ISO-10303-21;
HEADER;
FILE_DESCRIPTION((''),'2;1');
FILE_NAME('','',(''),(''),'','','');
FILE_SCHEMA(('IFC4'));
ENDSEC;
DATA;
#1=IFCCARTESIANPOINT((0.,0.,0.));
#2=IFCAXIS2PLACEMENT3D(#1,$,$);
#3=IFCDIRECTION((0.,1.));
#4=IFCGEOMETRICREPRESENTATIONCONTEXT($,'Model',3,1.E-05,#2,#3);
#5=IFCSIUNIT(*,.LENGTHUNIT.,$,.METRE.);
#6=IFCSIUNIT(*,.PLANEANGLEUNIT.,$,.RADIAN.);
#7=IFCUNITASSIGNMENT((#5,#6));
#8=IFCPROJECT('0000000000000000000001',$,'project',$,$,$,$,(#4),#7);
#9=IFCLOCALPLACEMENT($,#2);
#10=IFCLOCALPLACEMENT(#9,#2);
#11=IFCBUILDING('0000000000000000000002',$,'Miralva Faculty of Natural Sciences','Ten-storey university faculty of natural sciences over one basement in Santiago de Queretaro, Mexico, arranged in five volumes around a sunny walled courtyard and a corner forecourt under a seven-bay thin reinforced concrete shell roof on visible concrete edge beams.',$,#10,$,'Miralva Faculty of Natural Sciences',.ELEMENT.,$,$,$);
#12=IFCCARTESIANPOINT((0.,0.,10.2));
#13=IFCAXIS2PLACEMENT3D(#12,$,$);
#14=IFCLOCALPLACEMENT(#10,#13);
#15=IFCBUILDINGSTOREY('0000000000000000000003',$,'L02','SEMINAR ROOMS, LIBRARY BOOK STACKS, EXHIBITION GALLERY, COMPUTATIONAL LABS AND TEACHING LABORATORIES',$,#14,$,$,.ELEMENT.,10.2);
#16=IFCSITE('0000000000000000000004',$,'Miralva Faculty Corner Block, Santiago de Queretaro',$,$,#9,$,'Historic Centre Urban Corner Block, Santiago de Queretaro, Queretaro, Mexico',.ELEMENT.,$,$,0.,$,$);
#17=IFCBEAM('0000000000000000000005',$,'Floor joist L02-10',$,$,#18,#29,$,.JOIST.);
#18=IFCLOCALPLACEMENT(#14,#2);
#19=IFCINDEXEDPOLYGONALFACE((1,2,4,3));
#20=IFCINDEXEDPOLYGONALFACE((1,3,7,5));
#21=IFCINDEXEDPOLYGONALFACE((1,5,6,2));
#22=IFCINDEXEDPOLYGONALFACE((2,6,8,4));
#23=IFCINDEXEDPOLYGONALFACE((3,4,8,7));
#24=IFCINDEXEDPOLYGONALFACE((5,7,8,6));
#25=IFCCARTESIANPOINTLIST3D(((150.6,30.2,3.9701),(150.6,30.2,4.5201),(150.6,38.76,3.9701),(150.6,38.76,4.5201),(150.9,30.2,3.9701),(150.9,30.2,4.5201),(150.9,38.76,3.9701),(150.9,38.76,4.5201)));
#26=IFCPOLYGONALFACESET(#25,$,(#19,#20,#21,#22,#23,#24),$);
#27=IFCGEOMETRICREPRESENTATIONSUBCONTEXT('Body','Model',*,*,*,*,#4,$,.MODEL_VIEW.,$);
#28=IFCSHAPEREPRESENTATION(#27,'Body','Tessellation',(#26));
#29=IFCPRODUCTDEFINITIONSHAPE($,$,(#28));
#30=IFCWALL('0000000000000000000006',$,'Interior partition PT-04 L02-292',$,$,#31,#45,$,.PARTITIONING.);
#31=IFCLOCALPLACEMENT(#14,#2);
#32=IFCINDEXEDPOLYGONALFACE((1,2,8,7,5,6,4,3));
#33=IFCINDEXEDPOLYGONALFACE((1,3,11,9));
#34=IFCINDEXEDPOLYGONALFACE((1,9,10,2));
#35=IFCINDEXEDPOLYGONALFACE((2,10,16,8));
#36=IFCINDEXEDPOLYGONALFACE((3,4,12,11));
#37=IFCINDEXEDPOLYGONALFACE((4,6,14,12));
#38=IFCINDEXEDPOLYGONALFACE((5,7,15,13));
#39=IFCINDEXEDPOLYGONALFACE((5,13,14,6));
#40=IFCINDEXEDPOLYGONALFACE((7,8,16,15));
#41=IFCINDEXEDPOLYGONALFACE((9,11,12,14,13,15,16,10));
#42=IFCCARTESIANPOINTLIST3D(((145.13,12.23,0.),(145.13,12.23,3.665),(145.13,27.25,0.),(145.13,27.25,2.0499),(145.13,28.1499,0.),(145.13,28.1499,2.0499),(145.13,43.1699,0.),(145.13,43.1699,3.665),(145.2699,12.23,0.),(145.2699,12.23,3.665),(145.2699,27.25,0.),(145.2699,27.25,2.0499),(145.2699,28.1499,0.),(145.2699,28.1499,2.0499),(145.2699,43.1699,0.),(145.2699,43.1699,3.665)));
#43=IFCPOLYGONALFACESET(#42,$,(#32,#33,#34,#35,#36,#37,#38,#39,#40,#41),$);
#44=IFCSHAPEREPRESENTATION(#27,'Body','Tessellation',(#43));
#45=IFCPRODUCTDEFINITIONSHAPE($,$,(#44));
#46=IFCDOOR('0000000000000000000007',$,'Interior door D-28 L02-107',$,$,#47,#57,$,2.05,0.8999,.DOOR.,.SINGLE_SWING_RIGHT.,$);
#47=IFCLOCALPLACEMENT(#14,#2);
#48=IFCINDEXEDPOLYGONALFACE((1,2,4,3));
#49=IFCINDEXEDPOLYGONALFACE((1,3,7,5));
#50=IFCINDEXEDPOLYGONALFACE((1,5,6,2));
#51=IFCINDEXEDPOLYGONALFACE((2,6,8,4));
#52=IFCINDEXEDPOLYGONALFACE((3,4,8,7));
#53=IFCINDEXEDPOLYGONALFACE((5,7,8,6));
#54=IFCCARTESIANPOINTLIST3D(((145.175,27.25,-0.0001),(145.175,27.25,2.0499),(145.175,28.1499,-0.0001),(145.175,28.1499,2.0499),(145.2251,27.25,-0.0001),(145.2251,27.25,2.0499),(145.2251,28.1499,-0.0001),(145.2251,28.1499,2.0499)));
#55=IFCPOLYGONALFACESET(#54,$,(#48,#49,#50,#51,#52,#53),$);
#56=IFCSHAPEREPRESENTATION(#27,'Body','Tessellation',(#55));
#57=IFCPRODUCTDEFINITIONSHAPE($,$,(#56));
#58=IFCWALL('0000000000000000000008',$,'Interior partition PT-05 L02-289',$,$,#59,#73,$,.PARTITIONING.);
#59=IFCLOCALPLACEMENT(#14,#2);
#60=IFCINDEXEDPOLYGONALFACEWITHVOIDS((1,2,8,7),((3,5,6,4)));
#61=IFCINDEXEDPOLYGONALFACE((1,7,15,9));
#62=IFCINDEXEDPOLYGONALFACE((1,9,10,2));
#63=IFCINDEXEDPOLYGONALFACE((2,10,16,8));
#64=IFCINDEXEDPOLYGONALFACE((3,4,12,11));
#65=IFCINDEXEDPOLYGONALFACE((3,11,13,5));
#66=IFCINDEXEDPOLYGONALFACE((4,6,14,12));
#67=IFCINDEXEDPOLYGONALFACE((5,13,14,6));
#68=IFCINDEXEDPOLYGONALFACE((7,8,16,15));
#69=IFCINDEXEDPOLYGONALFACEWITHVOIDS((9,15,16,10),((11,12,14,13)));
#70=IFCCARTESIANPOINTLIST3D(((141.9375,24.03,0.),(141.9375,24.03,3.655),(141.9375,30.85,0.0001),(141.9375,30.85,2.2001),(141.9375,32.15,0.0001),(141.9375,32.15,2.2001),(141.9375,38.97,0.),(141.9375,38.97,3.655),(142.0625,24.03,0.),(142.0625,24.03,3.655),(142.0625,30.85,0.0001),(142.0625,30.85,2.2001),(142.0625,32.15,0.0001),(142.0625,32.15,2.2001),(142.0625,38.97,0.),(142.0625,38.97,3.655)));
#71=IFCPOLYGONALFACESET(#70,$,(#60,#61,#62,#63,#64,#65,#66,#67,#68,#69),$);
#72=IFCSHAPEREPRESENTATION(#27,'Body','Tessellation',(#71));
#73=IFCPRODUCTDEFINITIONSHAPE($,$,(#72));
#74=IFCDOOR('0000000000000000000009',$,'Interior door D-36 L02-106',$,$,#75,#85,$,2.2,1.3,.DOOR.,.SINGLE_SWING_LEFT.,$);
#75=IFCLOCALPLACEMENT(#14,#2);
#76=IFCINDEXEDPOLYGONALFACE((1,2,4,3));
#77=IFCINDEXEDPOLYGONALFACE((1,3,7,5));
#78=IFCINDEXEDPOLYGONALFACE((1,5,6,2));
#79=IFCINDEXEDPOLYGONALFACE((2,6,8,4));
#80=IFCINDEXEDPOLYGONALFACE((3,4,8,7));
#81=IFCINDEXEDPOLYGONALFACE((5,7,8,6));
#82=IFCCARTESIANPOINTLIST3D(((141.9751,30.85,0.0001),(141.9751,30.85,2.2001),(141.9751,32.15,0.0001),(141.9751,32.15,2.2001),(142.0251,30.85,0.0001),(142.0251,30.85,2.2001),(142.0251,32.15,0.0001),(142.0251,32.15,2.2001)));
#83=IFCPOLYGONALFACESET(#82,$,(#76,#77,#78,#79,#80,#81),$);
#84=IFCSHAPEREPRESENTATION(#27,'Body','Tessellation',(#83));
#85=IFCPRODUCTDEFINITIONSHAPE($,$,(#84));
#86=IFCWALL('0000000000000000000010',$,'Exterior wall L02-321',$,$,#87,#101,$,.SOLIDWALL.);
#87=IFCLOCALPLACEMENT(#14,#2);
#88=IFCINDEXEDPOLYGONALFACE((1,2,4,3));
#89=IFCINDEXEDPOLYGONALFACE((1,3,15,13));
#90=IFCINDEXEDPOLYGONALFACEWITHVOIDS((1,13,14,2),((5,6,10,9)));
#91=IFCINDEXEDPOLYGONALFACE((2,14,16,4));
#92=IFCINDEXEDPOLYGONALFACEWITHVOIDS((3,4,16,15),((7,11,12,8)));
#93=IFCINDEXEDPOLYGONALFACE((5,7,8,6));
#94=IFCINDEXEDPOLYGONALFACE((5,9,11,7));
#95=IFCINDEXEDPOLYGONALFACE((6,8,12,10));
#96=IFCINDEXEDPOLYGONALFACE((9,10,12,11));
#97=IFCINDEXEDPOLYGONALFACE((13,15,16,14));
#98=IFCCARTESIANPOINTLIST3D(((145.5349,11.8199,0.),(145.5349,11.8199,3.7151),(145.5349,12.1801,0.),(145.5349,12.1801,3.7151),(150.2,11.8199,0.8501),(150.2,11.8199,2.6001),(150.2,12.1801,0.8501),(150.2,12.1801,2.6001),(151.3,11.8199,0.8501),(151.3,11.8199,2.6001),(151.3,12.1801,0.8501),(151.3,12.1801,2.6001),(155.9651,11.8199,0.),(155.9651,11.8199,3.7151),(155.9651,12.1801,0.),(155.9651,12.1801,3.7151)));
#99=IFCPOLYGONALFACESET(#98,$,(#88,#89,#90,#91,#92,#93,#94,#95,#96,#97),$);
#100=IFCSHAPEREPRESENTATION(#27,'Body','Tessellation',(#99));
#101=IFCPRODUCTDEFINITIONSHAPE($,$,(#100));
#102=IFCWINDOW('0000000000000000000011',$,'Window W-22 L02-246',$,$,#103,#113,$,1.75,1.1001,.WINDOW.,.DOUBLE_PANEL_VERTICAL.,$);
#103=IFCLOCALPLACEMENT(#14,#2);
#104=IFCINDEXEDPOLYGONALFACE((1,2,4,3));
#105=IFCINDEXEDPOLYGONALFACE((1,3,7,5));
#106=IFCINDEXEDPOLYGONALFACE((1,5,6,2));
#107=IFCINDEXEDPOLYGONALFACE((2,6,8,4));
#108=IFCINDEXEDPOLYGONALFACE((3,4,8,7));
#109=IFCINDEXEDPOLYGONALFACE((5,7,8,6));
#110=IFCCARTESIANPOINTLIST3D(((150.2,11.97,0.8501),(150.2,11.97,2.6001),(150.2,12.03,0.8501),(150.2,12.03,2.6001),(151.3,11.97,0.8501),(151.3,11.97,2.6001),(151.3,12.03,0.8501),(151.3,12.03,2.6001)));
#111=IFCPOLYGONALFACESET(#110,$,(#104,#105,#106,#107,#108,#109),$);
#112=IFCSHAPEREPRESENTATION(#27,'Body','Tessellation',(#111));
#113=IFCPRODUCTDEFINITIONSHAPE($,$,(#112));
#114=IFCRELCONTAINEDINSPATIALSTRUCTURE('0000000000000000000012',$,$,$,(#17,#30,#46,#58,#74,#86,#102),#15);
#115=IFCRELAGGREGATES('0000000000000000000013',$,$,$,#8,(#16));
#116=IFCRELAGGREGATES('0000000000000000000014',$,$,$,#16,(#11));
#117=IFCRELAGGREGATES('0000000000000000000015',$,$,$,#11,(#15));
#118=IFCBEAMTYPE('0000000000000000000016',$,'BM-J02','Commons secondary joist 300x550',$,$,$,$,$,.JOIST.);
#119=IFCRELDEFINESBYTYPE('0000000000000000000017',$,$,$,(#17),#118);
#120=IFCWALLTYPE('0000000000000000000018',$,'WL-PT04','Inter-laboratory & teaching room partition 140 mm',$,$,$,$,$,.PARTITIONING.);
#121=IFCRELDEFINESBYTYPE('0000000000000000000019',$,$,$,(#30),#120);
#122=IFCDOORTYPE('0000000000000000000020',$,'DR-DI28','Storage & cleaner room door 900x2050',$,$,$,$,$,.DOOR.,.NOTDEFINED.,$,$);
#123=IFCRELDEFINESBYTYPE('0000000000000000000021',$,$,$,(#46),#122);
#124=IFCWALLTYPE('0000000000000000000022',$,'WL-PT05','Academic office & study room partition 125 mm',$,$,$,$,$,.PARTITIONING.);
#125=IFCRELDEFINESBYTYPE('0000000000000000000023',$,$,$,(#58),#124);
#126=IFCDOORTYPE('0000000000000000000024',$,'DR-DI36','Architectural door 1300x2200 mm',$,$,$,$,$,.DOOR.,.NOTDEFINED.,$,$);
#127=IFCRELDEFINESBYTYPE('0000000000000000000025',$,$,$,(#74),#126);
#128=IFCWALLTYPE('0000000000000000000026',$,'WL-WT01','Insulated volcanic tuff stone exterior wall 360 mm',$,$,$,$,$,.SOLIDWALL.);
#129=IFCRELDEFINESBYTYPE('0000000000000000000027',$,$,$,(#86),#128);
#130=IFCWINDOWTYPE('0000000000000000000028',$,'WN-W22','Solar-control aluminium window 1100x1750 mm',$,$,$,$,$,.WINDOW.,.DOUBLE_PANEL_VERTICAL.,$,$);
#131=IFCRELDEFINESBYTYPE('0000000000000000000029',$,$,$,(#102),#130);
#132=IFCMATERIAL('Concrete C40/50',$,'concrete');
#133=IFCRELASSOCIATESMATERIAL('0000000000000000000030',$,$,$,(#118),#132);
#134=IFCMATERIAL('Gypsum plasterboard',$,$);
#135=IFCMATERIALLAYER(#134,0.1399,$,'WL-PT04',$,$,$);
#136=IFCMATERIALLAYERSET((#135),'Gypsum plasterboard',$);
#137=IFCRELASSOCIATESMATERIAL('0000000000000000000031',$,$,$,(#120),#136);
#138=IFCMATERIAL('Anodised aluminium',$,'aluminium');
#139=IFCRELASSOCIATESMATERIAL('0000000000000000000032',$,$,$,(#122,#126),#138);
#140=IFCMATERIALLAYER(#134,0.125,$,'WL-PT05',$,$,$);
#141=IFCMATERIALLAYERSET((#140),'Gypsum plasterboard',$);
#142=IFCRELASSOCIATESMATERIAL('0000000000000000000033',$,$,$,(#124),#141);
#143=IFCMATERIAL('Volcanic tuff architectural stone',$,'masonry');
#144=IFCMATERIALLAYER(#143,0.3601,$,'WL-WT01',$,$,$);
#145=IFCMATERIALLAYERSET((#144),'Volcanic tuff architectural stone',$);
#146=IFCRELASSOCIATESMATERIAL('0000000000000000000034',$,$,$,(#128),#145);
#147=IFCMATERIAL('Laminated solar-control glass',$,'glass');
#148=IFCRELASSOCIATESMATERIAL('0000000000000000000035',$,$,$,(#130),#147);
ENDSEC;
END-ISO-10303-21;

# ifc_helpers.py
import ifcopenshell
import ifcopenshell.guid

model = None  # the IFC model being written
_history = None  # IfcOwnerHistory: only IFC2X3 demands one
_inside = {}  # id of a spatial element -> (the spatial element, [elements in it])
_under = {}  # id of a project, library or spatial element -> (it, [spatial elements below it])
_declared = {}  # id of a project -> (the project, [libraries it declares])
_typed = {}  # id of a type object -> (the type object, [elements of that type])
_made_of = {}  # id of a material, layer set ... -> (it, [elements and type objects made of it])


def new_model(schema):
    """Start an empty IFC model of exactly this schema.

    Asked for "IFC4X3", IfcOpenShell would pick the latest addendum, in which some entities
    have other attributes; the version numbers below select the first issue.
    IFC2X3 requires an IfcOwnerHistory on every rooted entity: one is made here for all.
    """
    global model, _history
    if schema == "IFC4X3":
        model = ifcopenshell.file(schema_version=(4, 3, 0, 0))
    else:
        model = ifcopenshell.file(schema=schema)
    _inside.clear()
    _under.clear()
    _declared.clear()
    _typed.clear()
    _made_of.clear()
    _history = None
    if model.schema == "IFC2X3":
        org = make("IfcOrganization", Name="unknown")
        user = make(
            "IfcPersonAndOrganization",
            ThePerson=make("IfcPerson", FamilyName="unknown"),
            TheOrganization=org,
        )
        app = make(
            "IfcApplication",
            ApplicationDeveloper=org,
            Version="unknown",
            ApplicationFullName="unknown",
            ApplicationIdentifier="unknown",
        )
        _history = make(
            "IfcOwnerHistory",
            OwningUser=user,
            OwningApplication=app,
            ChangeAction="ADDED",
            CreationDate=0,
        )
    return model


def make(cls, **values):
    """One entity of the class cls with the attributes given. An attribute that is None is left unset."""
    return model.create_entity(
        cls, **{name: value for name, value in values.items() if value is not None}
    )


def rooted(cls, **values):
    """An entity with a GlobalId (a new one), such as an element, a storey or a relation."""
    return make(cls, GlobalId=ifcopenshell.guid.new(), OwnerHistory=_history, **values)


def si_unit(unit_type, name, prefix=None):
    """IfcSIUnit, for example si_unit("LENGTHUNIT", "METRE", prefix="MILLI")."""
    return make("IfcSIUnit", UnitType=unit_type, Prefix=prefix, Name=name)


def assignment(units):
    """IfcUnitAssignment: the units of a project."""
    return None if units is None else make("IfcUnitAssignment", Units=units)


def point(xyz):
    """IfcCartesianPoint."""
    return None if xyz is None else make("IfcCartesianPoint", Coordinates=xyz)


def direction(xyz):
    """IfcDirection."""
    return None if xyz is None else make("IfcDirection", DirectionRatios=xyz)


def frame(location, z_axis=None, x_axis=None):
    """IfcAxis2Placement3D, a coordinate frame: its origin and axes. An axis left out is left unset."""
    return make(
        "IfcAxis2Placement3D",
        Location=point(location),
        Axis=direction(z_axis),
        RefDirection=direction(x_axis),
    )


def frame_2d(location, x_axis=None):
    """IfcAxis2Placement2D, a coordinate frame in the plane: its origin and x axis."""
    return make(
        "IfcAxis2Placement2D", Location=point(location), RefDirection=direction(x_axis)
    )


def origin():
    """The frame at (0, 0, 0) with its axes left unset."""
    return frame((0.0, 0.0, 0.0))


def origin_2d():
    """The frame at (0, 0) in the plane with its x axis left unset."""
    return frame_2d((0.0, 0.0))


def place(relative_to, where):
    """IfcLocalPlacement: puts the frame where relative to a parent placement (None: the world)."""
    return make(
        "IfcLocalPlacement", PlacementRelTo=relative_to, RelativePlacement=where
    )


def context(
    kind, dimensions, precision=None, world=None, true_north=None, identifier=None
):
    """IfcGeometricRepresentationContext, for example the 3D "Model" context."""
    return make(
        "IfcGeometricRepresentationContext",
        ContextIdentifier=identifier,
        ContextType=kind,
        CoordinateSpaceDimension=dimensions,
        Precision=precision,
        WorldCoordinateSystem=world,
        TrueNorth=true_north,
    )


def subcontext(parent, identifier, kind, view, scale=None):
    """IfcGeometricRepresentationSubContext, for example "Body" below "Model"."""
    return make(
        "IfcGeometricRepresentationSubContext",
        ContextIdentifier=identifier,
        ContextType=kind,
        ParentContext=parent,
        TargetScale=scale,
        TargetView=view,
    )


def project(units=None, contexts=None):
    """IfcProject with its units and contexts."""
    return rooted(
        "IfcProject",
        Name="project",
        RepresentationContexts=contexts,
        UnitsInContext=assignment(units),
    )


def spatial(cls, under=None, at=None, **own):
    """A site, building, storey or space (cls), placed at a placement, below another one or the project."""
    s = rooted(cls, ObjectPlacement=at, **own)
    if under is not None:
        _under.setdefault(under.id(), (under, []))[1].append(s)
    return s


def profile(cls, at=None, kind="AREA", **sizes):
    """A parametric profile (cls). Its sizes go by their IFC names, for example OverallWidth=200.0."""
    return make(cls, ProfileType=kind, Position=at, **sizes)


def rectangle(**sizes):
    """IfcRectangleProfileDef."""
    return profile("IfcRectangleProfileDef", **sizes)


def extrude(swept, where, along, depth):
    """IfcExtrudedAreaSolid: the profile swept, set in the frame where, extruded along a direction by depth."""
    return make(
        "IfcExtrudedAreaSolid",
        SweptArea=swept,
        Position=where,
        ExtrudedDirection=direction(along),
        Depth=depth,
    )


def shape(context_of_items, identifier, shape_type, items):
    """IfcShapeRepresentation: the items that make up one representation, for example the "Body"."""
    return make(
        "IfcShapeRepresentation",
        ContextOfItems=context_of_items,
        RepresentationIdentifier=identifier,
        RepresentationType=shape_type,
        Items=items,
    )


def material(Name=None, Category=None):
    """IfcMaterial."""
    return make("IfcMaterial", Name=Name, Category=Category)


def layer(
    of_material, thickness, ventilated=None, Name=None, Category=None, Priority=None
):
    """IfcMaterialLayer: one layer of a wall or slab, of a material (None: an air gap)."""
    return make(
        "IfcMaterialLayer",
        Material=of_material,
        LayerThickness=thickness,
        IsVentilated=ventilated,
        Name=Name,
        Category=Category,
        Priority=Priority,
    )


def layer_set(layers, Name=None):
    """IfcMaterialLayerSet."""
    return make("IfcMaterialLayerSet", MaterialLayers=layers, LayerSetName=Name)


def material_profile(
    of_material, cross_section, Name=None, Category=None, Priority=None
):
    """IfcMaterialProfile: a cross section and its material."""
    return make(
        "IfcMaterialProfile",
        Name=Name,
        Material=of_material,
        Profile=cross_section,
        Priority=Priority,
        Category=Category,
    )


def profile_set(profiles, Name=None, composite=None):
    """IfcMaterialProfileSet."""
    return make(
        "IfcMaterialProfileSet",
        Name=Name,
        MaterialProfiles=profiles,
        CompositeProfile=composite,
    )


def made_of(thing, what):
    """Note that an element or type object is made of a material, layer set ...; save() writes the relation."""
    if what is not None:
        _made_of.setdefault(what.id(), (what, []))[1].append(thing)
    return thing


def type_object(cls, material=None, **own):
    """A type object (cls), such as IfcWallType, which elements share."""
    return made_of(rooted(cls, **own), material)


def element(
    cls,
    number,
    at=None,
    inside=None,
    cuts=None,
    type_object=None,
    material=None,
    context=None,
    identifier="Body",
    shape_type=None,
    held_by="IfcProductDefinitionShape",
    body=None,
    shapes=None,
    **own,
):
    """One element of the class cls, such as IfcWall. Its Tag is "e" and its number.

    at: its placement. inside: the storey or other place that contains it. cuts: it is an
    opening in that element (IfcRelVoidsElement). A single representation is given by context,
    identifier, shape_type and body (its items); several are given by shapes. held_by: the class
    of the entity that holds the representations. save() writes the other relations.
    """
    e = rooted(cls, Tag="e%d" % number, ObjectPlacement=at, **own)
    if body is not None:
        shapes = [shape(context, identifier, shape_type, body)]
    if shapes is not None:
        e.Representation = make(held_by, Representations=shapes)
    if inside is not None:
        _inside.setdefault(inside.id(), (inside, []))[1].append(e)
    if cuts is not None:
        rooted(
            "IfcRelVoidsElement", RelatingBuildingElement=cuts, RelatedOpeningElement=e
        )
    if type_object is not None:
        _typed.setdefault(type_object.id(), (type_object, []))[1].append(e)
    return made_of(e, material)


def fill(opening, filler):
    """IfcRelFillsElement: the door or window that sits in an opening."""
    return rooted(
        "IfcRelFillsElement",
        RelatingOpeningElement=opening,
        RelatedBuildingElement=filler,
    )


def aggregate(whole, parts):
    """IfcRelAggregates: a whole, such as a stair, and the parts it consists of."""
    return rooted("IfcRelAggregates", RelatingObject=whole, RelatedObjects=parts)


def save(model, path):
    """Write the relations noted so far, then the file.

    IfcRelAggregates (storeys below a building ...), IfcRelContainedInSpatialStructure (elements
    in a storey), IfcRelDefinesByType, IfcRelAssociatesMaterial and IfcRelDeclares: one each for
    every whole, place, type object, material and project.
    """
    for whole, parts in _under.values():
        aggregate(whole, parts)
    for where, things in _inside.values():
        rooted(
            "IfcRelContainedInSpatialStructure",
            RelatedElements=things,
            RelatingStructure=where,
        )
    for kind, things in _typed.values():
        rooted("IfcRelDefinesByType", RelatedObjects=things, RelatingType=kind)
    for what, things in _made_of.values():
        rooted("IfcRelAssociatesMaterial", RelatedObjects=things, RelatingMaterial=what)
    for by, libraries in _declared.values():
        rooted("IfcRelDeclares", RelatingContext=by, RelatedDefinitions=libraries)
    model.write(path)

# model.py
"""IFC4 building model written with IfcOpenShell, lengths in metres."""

from ifc_helpers import new_model, si_unit, direction, frame, frame_2d, origin, origin_2d, place, context, subcontext, project, spatial, rectangle, extrude, material, layer, layer_set, material_profile, profile_set, type_object, element, fill, save


model = new_model("IFC4")

# Units and contexts
model_context = context("Model", 3, precision=1e-05, world=origin(), true_north=direction((0.0, 1.0)))
body_context = subcontext(model_context, "Body", "Model", "MODEL_VIEW")
ifc_project = project(units=[si_unit("LENGTHUNIT", "METRE"), si_unit("PLANEANGLEUNIT", "RADIAN")], contexts=[model_context])

# Site, building, storey
site_placement = place(None, origin())
site = spatial("IfcSite", under=ifc_project, at=site_placement, Name="Miralva Faculty Corner Block, Santiago de Queretaro", LongName="Historic Centre Urban Corner Block, Santiago de Queretaro, Queretaro, Mexico", CompositionType="ELEMENT", RefElevation=0.0)
building_placement = place(site_placement, origin())
building = spatial("IfcBuilding", under=site, at=building_placement, Name="Miralva Faculty of Natural Sciences", Description="Ten-storey university faculty of natural sciences over one basement in Santiago de Queretaro, Mexico, arranged in five volumes around a sunny walled courtyard and a corner forecourt under a seven-bay thin reinforced concrete shell roof on visible concrete edge beams.", LongName="Miralva Faculty of Natural Sciences", CompositionType="ELEMENT")
storey_placement = place(building_placement, frame((0.0, 0.0, 10.2)))
storey = spatial("IfcBuildingStorey", under=building, at=storey_placement, Name="L02", Description="SEMINAR ROOMS, LIBRARY BOOK STACKS, EXHIBITION GALLERY, COMPUTATIONAL LABS AND TEACHING LABORATORIES", CompositionType="ELEMENT", Elevation=10.2)

# Shared definitions
ifc_material_1 = material(Name="Concrete C40/50", Category="concrete")

# Beam
ifc_material_profile_1 = material_profile(ifc_material_1, rectangle(XDim=0.3, YDim=0.55, at=origin_2d()), Name="RC 300x550")
ifc_profile_set_1 = profile_set([ifc_material_profile_1], Name="Concrete C40/50")
beam_type_1 = type_object("IfcBeamType", Name="BM-J02", Description="Commons secondary joist 300x550", PredefinedType="JOIST", material=ifc_profile_set_1)
beam_1_placement = place(storey_placement, frame((150.75, 30.2, 4.2451), z_axis=(0.0, 1.0, 0.0), x_axis=(-1.0, 0.0, 0.0)))
element("IfcBeam", 1, at=beam_1_placement, inside=storey, type_object=beam_type_1, Name="Floor joist L02-10", PredefinedType="JOIST", context=body_context, shape_type="SweptSolid", body=[
    extrude(rectangle(XDim=0.3, YDim=0.55, at=origin_2d()), origin(), (0.0, 0.0, 1.0), 8.5601),
])

# Walls, openings, doors
ifc_material_2 = material(Name="Gypsum plasterboard")
ifc_layer_1 = layer(ifc_material_2, 0.1399, Name="WL-PT04")
ifc_layer_set_1 = layer_set([ifc_layer_1], Name="Gypsum plasterboard")
wall_type_1 = type_object("IfcWallType", Name="WL-PT04", Description="Inter-laboratory & teaching room partition 140 mm", PredefinedType="PARTITIONING", material=ifc_layer_set_1)
wall_1_placement = place(storey_placement, frame((145.2, 12.23, 0.0), z_axis=(0.0, 0.0, 1.0), x_axis=(0.0, 1.0, 0.0)))
wall_1 = element("IfcWall", 2, at=wall_1_placement, inside=storey, type_object=wall_type_1, Name="Interior partition PT-04 L02-292", PredefinedType="PARTITIONING", context=body_context, shape_type="SweptSolid", body=[
    extrude(rectangle(XDim=30.9399, YDim=0.1399, at=frame_2d((15.47, 0.0))), origin(), (0.0, 0.0, 1.0), 3.665),
])
opening_1_placement = place(wall_1_placement, frame((15.02, 0.0, 0.0)))
opening_1 = element("IfcOpeningElement", 3, at=opening_1_placement, cuts=wall_1, PredefinedType="OPENING", context=body_context, shape_type="SweptSolid", body=[
    extrude(rectangle(XDim=0.8999, YDim=2.05, at=frame_2d((0.45, 1.0249))), frame((0.0, 0.0798, 0.0), z_axis=(0.0, -1.0, 0.0), x_axis=(1.0, 0.0, 0.0)), (0.0, 0.0, 1.0), 0.1599),
])
ifc_material_3 = material(Name="Anodised aluminium", Category="aluminium")
door_type_1 = type_object("IfcDoorType", Name="DR-DI28", Description="Storage & cleaner room door 900x2050", OperationType="NOTDEFINED", PredefinedType="DOOR", material=ifc_material_3)
door_1_placement = place(opening_1_placement, origin())
door_1 = element("IfcDoor", 4, at=door_1_placement, inside=storey, type_object=door_type_1, Name="Interior door D-28 L02-107", OperationType="SINGLE_SWING_RIGHT", OverallHeight=2.05, OverallWidth=0.8999, PredefinedType="DOOR", context=body_context, shape_type="SweptSolid", body=[
    extrude(rectangle(XDim=0.8999, YDim=2.05, at=frame_2d((0.45, 1.0249))), frame((0.0, 0.0249, 0.0), z_axis=(0.0, -1.0, 0.0), x_axis=(1.0, 0.0, 0.0)), (0.0, 0.0, 1.0), 0.05),
])
fill(opening_1, door_1)
ifc_layer_2 = layer(ifc_material_2, 0.125, Name="WL-PT05")
ifc_layer_set_2 = layer_set([ifc_layer_2], Name="Gypsum plasterboard")
wall_type_2 = type_object("IfcWallType", Name="WL-PT05", Description="Academic office & study room partition 125 mm", PredefinedType="PARTITIONING", material=ifc_layer_set_2)
wall_2_placement = place(storey_placement, frame((142.0, 24.03, 0.0), z_axis=(0.0, 0.0, 1.0), x_axis=(0.0, 1.0, 0.0)))
wall_2 = element("IfcWall", 5, at=wall_2_placement, inside=storey, type_object=wall_type_2, Name="Interior partition PT-05 L02-289", PredefinedType="PARTITIONING", context=body_context, shape_type="SweptSolid", body=[
    extrude(rectangle(XDim=14.9399, YDim=0.125, at=frame_2d((7.47, 0.0))), origin(), (0.0, 0.0, 1.0), 3.655),
])
opening_2_placement = place(wall_2_placement, frame((6.8201, 0.0, 0.0)))
opening_2 = element("IfcOpeningElement", 6, at=opening_2_placement, cuts=wall_2, PredefinedType="OPENING", context=body_context, shape_type="SweptSolid", body=[
    extrude(rectangle(XDim=1.3, YDim=2.2, at=frame_2d((0.6499, 1.1001))), frame((0.0, 0.0725, 0.0), z_axis=(0.0, -1.0, 0.0), x_axis=(1.0, 0.0, 0.0)), (0.0, 0.0, 1.0), 0.145),
])
door_type_2 = type_object("IfcDoorType", Name="DR-DI36", Description="Architectural door 1300x2200 mm", OperationType="NOTDEFINED", PredefinedType="DOOR", material=ifc_material_3)
door_2_placement = place(opening_2_placement, origin())
door_2 = element("IfcDoor", 7, at=door_2_placement, inside=storey, type_object=door_type_2, Name="Interior door D-36 L02-106", OperationType="SINGLE_SWING_LEFT", OverallHeight=2.2, OverallWidth=1.3, PredefinedType="DOOR", context=body_context, shape_type="SweptSolid", body=[
    extrude(rectangle(XDim=1.3, YDim=2.2, at=frame_2d((0.6499, 1.1001))), frame((0.0, 0.0249, 0.0), z_axis=(0.0, -1.0, 0.0), x_axis=(1.0, 0.0, 0.0)), (0.0, 0.0, 1.0), 0.05),
])
fill(opening_2, door_2)

# Wall, opening, window
ifc_material_4 = material(Name="Volcanic tuff architectural stone", Category="masonry")
ifc_layer_3 = layer(ifc_material_4, 0.3601, Name="WL-WT01")
ifc_layer_set_3 = layer_set([ifc_layer_3], Name="Volcanic tuff architectural stone")
wall_type_3 = type_object("IfcWallType", Name="WL-WT01", Description="Insulated volcanic tuff stone exterior wall 360 mm", PredefinedType="SOLIDWALL", material=ifc_layer_set_3)
wall_3_placement = place(storey_placement, frame((145.5349, 12.0, 0.0), z_axis=(0.0, 0.0, 1.0), x_axis=(1.0, 0.0, 0.0)))
wall_3 = element("IfcWall", 8, at=wall_3_placement, inside=storey, type_object=wall_type_3, Name="Exterior wall L02-321", PredefinedType="SOLIDWALL", context=body_context, shape_type="SweptSolid", body=[
    extrude(rectangle(XDim=10.4302, YDim=0.3601, at=frame_2d((5.2151, 0.0))), origin(), (0.0, 0.0, 1.0), 3.7151),
])
opening_3_placement = place(wall_3_placement, frame((4.665, 0.0, 0.8501)))
opening_3 = element("IfcOpeningElement", 9, at=opening_3_placement, cuts=wall_3, PredefinedType="OPENING", context=body_context, shape_type="SweptSolid", body=[
    extrude(rectangle(XDim=1.1001, YDim=1.75, at=frame_2d((0.55, 0.875))), frame((0.0, 0.1899, 0.0), z_axis=(0.0, -1.0, 0.0), x_axis=(1.0, 0.0, 0.0)), (0.0, 0.0, 1.0), 0.3801),
])
ifc_material_5 = material(Name="Laminated solar-control glass", Category="glass")
window_type = type_object("IfcWindowType", Name="WN-W22", Description="Solar-control aluminium window 1100x1750 mm", PartitioningType="DOUBLE_PANEL_VERTICAL", PredefinedType="WINDOW", material=ifc_material_5)
window_placement = place(opening_3_placement, frame((1.1001, 0.0, 0.0), z_axis=(0.0, 0.0, 1.0), x_axis=(-1.0, 0.0, 0.0)))
window = element("IfcWindow", 10, at=window_placement, inside=storey, type_object=window_type, Name="Window W-22 L02-246", OverallHeight=1.75, OverallWidth=1.1001, PartitioningType="DOUBLE_PANEL_VERTICAL", PredefinedType="WINDOW", context=body_context, shape_type="SweptSolid", body=[
    extrude(rectangle(XDim=1.1001, YDim=1.75, at=frame_2d((0.55, 0.875))), frame((0.0, 0.03, 0.0), z_axis=(0.0, -1.0, 0.0), x_axis=(1.0, 0.0, 0.0)), (0.0, 0.0, 1.0), 0.0601),
])
fill(opening_3, window)

save(model, "model.ifc")
